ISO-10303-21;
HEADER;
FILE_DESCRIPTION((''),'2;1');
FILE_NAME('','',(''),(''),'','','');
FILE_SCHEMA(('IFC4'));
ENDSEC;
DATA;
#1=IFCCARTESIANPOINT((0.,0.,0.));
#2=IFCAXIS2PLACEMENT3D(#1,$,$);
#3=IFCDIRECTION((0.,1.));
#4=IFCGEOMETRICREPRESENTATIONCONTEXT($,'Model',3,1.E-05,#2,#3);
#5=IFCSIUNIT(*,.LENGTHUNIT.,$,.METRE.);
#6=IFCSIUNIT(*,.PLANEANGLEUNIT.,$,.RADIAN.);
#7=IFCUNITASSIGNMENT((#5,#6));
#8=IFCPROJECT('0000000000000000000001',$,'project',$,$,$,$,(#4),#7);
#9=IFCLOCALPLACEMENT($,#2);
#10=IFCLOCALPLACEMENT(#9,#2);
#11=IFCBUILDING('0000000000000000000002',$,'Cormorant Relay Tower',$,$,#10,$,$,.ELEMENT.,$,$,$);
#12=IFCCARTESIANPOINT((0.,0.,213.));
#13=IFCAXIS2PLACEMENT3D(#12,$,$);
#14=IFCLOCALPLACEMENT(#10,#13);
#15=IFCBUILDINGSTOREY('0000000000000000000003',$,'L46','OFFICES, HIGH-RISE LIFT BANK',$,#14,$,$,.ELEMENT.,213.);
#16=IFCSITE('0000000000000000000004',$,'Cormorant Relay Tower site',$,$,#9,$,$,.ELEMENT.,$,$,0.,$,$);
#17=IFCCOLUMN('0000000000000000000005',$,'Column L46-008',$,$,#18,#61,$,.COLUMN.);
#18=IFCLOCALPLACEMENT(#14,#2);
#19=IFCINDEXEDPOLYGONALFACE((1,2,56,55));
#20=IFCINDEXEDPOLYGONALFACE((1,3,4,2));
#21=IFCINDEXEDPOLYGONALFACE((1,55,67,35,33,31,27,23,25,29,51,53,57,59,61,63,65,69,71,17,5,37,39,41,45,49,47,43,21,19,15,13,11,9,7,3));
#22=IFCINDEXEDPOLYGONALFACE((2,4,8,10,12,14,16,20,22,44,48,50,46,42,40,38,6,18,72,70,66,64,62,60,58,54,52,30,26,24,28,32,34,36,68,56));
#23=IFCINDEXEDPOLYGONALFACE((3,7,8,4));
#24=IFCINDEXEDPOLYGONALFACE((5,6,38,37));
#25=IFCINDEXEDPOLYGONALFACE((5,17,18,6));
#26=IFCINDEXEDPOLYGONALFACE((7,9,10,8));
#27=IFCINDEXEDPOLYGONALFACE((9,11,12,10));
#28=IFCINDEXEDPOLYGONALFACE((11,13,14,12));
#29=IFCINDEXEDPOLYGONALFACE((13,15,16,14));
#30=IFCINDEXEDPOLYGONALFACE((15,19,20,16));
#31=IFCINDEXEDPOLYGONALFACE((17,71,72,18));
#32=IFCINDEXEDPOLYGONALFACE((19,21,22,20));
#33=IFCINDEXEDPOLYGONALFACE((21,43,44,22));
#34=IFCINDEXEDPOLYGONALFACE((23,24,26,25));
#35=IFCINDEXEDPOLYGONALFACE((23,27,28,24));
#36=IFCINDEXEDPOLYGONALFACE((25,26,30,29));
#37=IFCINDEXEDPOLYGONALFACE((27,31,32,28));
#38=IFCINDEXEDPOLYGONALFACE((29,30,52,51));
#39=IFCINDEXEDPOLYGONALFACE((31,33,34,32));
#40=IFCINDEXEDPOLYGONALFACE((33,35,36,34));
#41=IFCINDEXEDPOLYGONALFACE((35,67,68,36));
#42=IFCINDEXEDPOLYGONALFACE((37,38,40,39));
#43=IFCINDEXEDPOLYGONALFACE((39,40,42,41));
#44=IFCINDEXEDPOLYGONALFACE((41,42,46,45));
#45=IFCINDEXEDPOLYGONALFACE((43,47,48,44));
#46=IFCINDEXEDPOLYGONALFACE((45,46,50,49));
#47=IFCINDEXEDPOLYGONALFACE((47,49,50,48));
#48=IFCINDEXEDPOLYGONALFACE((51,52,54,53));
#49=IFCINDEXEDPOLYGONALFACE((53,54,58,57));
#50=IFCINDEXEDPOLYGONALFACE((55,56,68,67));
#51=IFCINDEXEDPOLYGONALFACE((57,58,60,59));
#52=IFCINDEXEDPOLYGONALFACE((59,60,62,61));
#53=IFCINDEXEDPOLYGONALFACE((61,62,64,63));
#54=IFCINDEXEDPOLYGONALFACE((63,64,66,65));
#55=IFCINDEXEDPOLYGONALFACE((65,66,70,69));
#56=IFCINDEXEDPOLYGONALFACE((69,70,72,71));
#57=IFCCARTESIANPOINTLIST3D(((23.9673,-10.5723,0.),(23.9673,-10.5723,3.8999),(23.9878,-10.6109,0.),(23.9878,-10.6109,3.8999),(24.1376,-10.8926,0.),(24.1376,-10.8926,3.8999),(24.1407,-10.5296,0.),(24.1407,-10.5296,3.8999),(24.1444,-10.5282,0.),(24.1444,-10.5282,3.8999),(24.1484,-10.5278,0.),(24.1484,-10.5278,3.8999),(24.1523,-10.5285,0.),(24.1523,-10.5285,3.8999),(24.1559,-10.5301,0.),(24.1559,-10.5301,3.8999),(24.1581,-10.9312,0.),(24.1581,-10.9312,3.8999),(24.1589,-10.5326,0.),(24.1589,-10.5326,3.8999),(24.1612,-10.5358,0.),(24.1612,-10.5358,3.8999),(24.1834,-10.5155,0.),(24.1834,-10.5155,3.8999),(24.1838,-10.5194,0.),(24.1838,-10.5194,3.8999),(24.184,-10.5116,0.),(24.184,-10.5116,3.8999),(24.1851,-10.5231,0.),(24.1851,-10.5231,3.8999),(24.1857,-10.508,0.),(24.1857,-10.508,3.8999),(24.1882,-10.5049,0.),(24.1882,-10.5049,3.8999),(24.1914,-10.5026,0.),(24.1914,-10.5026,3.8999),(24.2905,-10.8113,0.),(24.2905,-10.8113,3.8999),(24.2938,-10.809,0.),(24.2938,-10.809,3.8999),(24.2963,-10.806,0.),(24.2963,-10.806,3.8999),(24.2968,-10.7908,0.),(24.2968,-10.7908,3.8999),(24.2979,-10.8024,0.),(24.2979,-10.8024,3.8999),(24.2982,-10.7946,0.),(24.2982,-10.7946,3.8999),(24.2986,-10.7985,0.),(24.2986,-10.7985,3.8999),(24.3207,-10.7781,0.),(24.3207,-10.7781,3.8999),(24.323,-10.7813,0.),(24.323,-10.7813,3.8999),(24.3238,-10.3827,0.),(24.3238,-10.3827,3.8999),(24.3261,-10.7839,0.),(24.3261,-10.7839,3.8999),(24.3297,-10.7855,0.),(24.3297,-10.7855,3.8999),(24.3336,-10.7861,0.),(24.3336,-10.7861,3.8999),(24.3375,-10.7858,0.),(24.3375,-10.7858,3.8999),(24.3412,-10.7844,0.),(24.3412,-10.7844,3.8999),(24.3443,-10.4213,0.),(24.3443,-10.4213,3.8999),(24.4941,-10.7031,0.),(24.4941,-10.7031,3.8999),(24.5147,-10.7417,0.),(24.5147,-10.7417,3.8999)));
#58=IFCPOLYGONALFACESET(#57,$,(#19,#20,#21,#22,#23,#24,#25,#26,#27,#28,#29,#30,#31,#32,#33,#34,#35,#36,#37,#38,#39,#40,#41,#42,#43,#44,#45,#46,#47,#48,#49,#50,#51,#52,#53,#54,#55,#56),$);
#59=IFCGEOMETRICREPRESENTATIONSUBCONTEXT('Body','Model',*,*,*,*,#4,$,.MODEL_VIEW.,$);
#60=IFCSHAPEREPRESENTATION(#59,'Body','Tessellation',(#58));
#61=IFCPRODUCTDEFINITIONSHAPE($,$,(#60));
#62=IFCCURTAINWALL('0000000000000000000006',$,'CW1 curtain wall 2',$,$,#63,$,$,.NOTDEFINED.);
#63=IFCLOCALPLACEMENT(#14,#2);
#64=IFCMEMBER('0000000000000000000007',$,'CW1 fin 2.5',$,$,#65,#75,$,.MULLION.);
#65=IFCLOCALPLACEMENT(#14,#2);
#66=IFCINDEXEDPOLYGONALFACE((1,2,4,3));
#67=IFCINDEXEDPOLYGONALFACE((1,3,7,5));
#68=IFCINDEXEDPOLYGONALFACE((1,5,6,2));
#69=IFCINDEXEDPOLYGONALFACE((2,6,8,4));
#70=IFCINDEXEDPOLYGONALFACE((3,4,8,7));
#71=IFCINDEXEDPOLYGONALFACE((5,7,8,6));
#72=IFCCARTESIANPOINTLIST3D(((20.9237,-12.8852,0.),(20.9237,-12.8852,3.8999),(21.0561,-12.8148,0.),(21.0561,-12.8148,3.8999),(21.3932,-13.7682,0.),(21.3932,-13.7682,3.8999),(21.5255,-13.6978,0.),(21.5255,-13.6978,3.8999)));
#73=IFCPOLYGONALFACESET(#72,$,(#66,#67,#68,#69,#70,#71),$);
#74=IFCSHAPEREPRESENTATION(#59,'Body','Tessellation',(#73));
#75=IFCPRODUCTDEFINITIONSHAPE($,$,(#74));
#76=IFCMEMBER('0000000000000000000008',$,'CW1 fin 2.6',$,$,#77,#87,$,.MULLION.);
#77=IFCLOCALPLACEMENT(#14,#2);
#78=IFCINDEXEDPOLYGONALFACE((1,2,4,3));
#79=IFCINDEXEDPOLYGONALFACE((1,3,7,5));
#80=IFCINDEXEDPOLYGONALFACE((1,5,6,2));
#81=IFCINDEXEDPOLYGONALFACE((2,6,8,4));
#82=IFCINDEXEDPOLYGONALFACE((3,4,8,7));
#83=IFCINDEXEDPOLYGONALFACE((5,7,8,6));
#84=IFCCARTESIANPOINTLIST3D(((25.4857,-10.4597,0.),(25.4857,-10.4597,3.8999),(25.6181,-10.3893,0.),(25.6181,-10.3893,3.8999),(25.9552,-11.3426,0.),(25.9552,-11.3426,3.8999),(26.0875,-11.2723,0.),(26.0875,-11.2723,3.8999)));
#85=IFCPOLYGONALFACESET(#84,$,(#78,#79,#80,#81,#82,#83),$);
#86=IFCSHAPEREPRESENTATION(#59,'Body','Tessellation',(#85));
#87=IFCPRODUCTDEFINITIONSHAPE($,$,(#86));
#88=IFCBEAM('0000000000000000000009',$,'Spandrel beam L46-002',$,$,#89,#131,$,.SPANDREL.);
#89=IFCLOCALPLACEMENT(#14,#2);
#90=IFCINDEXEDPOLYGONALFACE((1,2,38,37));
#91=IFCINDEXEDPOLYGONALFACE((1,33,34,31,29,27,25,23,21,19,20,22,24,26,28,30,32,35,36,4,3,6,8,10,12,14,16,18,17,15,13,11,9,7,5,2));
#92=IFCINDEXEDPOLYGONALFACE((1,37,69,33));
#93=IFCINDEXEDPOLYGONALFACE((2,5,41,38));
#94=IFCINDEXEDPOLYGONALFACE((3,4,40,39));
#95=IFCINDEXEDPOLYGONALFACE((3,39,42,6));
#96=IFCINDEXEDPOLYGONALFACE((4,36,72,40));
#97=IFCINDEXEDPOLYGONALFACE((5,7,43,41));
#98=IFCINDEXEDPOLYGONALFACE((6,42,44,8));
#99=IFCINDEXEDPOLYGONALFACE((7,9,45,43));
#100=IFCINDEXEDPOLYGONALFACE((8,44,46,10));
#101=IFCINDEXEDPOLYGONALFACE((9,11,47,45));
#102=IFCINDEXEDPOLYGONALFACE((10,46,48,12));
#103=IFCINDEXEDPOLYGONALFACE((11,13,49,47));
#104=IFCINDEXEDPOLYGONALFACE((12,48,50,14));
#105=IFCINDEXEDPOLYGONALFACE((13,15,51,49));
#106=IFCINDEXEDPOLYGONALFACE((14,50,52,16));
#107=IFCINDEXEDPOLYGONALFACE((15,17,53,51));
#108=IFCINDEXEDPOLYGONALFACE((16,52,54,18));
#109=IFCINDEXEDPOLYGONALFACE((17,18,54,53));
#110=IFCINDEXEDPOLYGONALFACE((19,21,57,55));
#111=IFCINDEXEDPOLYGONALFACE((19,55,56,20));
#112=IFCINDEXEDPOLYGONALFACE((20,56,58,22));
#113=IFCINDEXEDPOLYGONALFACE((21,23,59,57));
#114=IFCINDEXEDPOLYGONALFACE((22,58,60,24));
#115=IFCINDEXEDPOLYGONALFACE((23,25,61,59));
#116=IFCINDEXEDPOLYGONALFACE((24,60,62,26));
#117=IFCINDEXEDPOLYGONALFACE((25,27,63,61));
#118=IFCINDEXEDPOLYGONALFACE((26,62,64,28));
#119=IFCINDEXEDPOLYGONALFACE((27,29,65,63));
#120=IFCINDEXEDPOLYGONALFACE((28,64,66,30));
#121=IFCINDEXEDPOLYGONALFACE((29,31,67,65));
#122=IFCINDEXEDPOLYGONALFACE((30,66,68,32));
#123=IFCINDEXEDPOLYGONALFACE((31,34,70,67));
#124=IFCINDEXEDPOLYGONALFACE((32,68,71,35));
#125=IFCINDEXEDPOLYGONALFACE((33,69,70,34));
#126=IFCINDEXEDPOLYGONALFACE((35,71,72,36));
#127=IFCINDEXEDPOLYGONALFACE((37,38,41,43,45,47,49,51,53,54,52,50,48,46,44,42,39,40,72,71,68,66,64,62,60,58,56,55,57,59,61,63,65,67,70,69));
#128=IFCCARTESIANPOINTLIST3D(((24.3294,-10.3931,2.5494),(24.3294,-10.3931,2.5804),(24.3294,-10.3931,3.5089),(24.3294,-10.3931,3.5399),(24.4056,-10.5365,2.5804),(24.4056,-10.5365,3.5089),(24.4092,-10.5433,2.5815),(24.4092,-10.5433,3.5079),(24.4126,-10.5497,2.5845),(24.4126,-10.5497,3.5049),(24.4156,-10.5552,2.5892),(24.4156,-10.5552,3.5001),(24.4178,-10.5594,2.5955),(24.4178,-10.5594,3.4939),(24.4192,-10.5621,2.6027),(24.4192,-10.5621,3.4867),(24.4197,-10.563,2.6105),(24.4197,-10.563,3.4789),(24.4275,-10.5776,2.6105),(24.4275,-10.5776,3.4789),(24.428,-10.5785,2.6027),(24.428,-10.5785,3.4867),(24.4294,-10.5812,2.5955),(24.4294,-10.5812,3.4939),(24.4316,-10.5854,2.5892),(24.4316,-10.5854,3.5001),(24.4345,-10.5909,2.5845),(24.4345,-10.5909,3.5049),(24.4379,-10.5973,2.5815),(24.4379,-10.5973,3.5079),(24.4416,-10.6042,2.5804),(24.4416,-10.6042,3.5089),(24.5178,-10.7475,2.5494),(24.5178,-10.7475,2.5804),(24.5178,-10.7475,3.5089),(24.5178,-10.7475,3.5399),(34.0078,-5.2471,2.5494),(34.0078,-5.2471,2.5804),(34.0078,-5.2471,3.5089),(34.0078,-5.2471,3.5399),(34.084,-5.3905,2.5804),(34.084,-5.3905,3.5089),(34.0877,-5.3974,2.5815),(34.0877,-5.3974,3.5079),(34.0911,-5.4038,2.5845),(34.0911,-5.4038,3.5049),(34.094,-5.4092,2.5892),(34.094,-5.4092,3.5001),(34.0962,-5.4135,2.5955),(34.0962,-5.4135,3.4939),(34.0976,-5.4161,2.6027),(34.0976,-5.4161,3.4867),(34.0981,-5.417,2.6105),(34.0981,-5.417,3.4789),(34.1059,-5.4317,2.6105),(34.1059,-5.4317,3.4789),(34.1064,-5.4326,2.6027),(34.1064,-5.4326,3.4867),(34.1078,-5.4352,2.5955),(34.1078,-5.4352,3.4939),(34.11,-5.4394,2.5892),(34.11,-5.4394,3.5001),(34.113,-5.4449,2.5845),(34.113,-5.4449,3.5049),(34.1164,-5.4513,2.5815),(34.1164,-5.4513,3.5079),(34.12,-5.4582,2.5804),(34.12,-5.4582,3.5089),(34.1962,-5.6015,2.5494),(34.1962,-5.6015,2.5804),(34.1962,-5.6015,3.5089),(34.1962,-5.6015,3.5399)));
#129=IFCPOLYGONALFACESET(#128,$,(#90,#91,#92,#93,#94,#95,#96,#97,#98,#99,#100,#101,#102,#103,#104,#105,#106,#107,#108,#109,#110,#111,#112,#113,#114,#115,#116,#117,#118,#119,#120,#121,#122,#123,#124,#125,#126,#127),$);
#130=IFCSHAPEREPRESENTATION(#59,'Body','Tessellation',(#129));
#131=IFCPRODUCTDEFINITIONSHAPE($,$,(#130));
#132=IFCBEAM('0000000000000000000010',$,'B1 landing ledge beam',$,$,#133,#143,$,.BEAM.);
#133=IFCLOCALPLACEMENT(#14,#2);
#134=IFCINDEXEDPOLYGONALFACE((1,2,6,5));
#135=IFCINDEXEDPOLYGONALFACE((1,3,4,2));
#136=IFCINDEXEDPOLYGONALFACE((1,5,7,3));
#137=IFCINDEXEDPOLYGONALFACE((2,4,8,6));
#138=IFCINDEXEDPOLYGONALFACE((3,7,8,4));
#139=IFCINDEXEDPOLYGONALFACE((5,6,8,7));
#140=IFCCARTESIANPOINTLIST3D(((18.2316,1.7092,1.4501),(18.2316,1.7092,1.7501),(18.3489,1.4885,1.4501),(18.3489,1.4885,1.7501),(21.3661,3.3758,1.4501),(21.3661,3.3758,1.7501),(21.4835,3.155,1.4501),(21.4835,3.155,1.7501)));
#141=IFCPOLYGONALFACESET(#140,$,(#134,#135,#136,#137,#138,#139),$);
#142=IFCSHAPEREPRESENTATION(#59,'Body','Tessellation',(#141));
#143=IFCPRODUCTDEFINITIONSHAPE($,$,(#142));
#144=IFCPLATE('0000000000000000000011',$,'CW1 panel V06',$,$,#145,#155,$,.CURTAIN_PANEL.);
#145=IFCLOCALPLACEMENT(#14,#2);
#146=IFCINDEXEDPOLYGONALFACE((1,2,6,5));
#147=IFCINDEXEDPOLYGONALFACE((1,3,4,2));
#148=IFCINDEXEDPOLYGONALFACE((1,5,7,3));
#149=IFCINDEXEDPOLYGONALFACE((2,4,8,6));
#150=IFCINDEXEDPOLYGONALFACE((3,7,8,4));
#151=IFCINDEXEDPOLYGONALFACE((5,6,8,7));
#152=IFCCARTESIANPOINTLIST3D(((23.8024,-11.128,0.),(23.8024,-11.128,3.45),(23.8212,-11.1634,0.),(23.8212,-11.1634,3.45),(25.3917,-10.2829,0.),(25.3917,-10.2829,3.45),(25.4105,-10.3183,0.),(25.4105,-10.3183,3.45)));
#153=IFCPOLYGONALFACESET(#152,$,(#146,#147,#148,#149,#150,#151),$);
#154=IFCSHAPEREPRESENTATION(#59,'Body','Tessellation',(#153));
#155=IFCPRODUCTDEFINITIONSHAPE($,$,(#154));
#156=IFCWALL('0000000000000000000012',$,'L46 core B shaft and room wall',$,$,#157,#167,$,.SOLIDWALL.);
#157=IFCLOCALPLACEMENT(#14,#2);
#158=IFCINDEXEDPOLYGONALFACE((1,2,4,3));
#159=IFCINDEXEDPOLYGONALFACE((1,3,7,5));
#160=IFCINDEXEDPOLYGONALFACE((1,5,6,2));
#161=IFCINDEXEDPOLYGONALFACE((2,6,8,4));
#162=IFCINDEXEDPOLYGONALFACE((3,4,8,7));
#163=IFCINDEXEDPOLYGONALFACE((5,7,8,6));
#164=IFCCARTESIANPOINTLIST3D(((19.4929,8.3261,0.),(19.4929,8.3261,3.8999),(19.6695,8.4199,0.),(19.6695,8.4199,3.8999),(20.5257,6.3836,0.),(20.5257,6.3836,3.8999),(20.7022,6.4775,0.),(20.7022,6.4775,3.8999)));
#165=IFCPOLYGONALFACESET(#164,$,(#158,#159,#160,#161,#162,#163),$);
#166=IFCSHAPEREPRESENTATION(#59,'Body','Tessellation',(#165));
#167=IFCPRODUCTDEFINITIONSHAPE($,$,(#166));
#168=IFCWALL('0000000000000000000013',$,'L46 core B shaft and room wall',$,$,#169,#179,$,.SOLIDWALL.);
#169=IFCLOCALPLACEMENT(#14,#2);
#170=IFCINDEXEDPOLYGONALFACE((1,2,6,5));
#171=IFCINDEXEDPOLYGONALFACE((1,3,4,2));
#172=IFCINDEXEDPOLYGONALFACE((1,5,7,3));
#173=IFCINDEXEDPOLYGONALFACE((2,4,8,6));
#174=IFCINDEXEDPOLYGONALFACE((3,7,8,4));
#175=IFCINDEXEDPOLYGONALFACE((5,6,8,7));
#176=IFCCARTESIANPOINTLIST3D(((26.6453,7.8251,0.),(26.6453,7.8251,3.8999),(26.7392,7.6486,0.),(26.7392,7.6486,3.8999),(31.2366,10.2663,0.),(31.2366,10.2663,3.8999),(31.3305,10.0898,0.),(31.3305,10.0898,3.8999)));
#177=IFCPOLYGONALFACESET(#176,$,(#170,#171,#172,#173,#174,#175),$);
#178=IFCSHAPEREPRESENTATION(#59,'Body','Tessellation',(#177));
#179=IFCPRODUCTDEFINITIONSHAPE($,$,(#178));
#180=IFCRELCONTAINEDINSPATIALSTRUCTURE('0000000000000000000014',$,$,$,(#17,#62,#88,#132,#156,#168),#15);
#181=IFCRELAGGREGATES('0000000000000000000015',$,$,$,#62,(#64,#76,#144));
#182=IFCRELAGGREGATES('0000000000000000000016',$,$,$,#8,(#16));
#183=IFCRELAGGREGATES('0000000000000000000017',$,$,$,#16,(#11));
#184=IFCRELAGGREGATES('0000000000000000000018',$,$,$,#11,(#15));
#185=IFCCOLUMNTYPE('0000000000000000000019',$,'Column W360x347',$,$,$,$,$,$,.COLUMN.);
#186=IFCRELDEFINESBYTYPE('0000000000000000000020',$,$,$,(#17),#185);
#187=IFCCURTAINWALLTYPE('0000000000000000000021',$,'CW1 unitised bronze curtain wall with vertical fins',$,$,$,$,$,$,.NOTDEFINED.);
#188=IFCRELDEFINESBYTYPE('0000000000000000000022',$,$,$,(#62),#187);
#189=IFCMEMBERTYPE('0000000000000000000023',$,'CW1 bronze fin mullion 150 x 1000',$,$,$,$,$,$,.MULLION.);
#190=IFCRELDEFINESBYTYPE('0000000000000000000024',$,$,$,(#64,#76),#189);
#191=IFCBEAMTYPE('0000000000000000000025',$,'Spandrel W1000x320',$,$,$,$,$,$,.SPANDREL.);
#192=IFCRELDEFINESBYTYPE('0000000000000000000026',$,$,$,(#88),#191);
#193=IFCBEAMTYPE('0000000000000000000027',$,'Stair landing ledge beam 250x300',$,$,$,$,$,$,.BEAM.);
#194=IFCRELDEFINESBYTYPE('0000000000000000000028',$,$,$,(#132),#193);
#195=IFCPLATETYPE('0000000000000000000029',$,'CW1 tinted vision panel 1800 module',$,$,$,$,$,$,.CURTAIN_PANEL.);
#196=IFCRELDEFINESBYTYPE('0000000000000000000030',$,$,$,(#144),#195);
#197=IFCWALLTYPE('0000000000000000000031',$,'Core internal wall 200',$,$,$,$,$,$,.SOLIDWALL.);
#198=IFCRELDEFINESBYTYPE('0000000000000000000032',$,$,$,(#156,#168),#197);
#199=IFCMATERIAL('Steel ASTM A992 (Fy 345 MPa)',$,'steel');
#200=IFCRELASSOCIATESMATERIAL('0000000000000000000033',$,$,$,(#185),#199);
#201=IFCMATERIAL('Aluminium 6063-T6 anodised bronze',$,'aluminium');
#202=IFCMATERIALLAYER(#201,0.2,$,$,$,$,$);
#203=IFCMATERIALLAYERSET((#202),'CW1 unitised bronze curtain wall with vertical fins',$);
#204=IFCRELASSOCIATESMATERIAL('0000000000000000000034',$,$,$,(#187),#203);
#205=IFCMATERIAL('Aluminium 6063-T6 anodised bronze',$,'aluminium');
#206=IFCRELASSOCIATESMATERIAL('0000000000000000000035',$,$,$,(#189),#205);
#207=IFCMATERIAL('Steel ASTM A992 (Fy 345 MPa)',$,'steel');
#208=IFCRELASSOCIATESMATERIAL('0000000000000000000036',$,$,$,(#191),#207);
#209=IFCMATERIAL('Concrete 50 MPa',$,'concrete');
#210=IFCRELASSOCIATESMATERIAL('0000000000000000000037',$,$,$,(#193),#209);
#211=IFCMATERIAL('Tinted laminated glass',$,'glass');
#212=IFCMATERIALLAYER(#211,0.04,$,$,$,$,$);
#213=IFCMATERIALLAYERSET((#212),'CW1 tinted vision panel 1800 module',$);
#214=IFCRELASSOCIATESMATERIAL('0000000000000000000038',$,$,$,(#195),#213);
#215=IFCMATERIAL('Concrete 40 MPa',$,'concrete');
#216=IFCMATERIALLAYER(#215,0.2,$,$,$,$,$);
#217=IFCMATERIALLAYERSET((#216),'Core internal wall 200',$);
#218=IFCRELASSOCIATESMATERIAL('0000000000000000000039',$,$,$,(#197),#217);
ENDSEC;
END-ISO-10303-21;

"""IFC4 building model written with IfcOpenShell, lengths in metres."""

from ifc_helpers import new_model, si_unit, direction, frame, frame_2d, origin, origin_2d, place, context, subcontext, project, spatial, rectangle, i_section, extrude, material, layer, layer_set, material_profile, profile_set, type_object, element, aggregate, save


model = new_model("IFC4")

# Units and contexts
model_context = context("Model", 3, precision=1e-05, world=origin(), true_north=direction((0.0, 1.0)))
body_context = subcontext(model_context, "Body", "Model", "MODEL_VIEW")
ifc_project = project(units=[si_unit("LENGTHUNIT", "METRE"), si_unit("PLANEANGLEUNIT", "RADIAN")], contexts=[model_context])

# Site, building, storey
site_placement = place(None, origin())
site = spatial("IfcSite", under=ifc_project, at=site_placement, Name="Cormorant Relay Tower site", CompositionType="ELEMENT", RefElevation=0.0)
building_placement = place(site_placement, origin())
building = spatial("IfcBuilding", under=site, at=building_placement, Name="Cormorant Relay Tower", CompositionType="ELEMENT")
storey_placement = place(building_placement, frame((0.0, 0.0, 213.0)))
storey = spatial("IfcBuildingStorey", under=building, at=storey_placement, Name="L46", Description="OFFICES, HIGH-RISE LIFT BANK", CompositionType="ELEMENT", Elevation=213.0)

# Column
ifc_material_1 = material(Name="Steel ASTM A992 (Fy 345 MPa)", Category="steel")
ifc_material_profile_1 = material_profile(ifc_material_1, i_section(OverallWidth=0.4038, OverallDepth=0.4065, WebThickness=0.0271, FlangeThickness=0.0437, FilletRadius=0.0151, at=origin_2d()), Name="W360x347")
ifc_profile_set_1 = profile_set([ifc_material_profile_1], Name="Steel ASTM A992 (Fy 345 MPa)")
column_type = type_object("IfcColumnType", Name="Column W360x347", PredefinedType="COLUMN", material=ifc_profile_set_1)
column_placement = place(storey_placement, frame((24.241, -10.657, 0.0), z_axis=(0.0, 0.0, 1.0), x_axis=(0.882948, 0.469472, 0.0)))
element("IfcColumn", 1, at=column_placement, inside=storey, type_object=column_type, Name="Column L46-008", PredefinedType="COLUMN", context=body_context, shape_type="SweptSolid", body=[
    extrude(i_section(OverallWidth=0.4038, OverallDepth=0.4065, WebThickness=0.0271, FlangeThickness=0.0437, FilletRadius=0.0151, at=origin_2d()), origin(), (0.0, 0.0, 1.0), 3.8999),
])

# Curtain wall, members
ifc_material_2 = material(Name="Aluminium 6063-T6 anodised bronze", Category="aluminium")
ifc_layer_1 = layer(ifc_material_2, 0.2)
ifc_layer_set_1 = layer_set([ifc_layer_1], Name="CW1 unitised bronze curtain wall with vertical fins")
curtain_wall_type = type_object("IfcCurtainWallType", Name="CW1 unitised bronze curtain wall with vertical fins", PredefinedType="NOTDEFINED", material=ifc_layer_set_1)
curtain_wall_placement = place(storey_placement, origin())
curtain_wall = element("IfcCurtainWall", 2, at=curtain_wall_placement, inside=storey, type_object=curtain_wall_type, Name="CW1 curtain wall 2", PredefinedType="NOTDEFINED")
ifc_material_3 = material(Name="Aluminium 6063-T6 anodised bronze", Category="aluminium")
ifc_material_profile_2 = material_profile(ifc_material_3, rectangle(XDim=0.1499, YDim=1.0, at=origin_2d()), Name="AL 150x1000")
ifc_profile_set_2 = profile_set([ifc_material_profile_2], Name="Aluminium 6063-T6 anodised bronze")
member_type = type_object("IfcMemberType", Name="CW1 bronze fin mullion 150 x 1000", PredefinedType="MULLION", material=ifc_profile_set_2)
member_1_placement = place(storey_placement, frame((21.2246, -13.2915, 0.0), z_axis=(0.0, 0.0, 1.0), x_axis=(0.882948, 0.469472, 0.0)))
member_1 = element("IfcMember", 3, at=member_1_placement, type_object=member_type, Name="CW1 fin 2.5", PredefinedType="MULLION", context=body_context, shape_type="SweptSolid", body=[
    extrude(rectangle(XDim=0.1499, YDim=1.0, at=origin_2d()), origin(), (0.0, 0.0, 1.0), 3.8999),
])
member_2_placement = place(storey_placement, frame((25.7866, -10.866, 0.0), z_axis=(0.0, 0.0, 1.0), x_axis=(0.882948, 0.469472, 0.0)))
member_2 = element("IfcMember", 4, at=member_2_placement, type_object=member_type, Name="CW1 fin 2.6", PredefinedType="MULLION", context=body_context, shape_type="SweptSolid", body=[
    extrude(rectangle(XDim=0.1499, YDim=1.0, at=origin_2d()), origin(), (0.0, 0.0, 1.0), 3.8999),
])

# Beams
ifc_material_4 = material(Name="Steel ASTM A992 (Fy 345 MPa)", Category="steel")
ifc_material_profile_3 = material_profile(ifc_material_4, i_section(OverallWidth=0.4014, OverallDepth=0.9905, WebThickness=0.0166, FlangeThickness=0.031, FilletRadius=0.03, at=origin_2d()), Name="W1000x320")
ifc_profile_set_3 = profile_set([ifc_material_profile_3], Name="Steel ASTM A992 (Fy 345 MPa)")
beam_type_1 = type_object("IfcBeamType", Name="Spandrel W1000x320", PredefinedType="SPANDREL", material=ifc_profile_set_3)
beam_1_placement = place(storey_placement, frame((24.4236, -10.5703, 3.0447), z_axis=(0.882953, 0.469462, 0.0), x_axis=(-0.469462, 0.882953, 0.0)))
element("IfcBeam", 5, at=beam_1_placement, inside=storey, type_object=beam_type_1, Name="Spandrel beam L46-002", PredefinedType="SPANDREL", context=body_context, shape_type="SweptSolid", body=[
    extrude(i_section(OverallWidth=0.4014, OverallDepth=0.9905, WebThickness=0.0166, FlangeThickness=0.031, FilletRadius=0.03, at=origin_2d()), origin(), (0.0, 0.0, 1.0), 10.9614),
])
ifc_material_5 = material(Name="Concrete 50 MPa", Category="concrete")
ifc_material_profile_4 = material_profile(ifc_material_5, rectangle(XDim=0.25, YDim=0.3, at=origin_2d()), Name="RC 250x300")
ifc_profile_set_4 = profile_set([ifc_material_profile_4], Name="Concrete 50 MPa")
beam_type_2 = type_object("IfcBeamType", Name="Stair landing ledge beam 250x300", PredefinedType="BEAM", material=ifc_profile_set_4)
beam_2_placement = place(storey_placement, frame((21.4248, 3.2654, 1.6001), z_axis=(-0.882965, -0.469438, 0.0), x_axis=(0.469438, -0.882965, 0.0)))
element("IfcBeam", 6, at=beam_2_placement, inside=storey, type_object=beam_type_2, Name="B1 landing ledge beam", PredefinedType="BEAM", context=body_context, shape_type="SweptSolid", body=[
    extrude(rectangle(XDim=0.25, YDim=0.3, at=origin_2d()), origin(), (0.0, 0.0, 1.0), 3.55),
])

# Plate
ifc_material_6 = material(Name="Tinted laminated glass", Category="glass")
ifc_layer_2 = layer(ifc_material_6, 0.04)
ifc_layer_set_2 = layer_set([ifc_layer_2], Name="CW1 tinted vision panel 1800 module")
plate_type = type_object("IfcPlateType", Name="CW1 tinted vision panel 1800 module", PredefinedType="CURTAIN_PANEL", material=ifc_layer_set_2)
plate_placement = place(storey_placement, frame((24.6064, -10.7231, 0.0), z_axis=(0.0, 0.0, 1.0), x_axis=(0.882948, 0.469472, 0.0)))
plate = element("IfcPlate", 7, at=plate_placement, type_object=plate_type, Name="CW1 panel V06", PredefinedType="CURTAIN_PANEL", context=body_context, shape_type="SweptSolid", body=[
    extrude(rectangle(XDim=1.8, YDim=0.04, at=origin_2d()), origin(), (0.0, 0.0, 1.0), 3.45),
])

# Walls
ifc_material_7 = material(Name="Concrete 40 MPa", Category="concrete")
ifc_layer_3 = layer(ifc_material_7, 0.2)
ifc_layer_set_3 = layer_set([ifc_layer_3], Name="Core internal wall 200")
wall_type_1 = type_object("IfcWallType", Name="Core internal wall 200", PredefinedType="SOLIDWALL", material=ifc_layer_set_3)
wall_1_placement = place(storey_placement, frame((20.614, 6.4304, 0.0), z_axis=(0.0, 0.0, 1.0), x_axis=(-0.469447, 0.88296, 0.0)))
element("IfcWall", 8, at=wall_1_placement, inside=storey, type_object=wall_type_1, Name="L46 core B shaft and room wall", PredefinedType="SOLIDWALL", context=body_context, shape_type="SweptSolid", body=[
    extrude(rectangle(XDim=2.2, YDim=0.2, at=frame_2d((1.1001, 0.0))), origin(), (0.0, 0.0, 1.0), 3.8999),
])
wall_2_placement = place(storey_placement, frame((26.6921, 7.7368, 0.0), z_axis=(0.0, 0.0, 1.0), x_axis=(0.882954, 0.46946, 0.0)))
element("IfcWall", 9, at=wall_2_placement, inside=storey, type_object=wall_type_1, Name="L46 core B shaft and room wall", PredefinedType="SOLIDWALL", context=body_context, shape_type="SweptSolid", body=[
    extrude(rectangle(XDim=5.2, YDim=0.2, at=frame_2d((2.6001, 0.0))), origin(), (0.0, 0.0, 1.0), 3.8999),
])

aggregate(curtain_wall, [member_1, member_2, plate])

save(model, "model.ifc")
